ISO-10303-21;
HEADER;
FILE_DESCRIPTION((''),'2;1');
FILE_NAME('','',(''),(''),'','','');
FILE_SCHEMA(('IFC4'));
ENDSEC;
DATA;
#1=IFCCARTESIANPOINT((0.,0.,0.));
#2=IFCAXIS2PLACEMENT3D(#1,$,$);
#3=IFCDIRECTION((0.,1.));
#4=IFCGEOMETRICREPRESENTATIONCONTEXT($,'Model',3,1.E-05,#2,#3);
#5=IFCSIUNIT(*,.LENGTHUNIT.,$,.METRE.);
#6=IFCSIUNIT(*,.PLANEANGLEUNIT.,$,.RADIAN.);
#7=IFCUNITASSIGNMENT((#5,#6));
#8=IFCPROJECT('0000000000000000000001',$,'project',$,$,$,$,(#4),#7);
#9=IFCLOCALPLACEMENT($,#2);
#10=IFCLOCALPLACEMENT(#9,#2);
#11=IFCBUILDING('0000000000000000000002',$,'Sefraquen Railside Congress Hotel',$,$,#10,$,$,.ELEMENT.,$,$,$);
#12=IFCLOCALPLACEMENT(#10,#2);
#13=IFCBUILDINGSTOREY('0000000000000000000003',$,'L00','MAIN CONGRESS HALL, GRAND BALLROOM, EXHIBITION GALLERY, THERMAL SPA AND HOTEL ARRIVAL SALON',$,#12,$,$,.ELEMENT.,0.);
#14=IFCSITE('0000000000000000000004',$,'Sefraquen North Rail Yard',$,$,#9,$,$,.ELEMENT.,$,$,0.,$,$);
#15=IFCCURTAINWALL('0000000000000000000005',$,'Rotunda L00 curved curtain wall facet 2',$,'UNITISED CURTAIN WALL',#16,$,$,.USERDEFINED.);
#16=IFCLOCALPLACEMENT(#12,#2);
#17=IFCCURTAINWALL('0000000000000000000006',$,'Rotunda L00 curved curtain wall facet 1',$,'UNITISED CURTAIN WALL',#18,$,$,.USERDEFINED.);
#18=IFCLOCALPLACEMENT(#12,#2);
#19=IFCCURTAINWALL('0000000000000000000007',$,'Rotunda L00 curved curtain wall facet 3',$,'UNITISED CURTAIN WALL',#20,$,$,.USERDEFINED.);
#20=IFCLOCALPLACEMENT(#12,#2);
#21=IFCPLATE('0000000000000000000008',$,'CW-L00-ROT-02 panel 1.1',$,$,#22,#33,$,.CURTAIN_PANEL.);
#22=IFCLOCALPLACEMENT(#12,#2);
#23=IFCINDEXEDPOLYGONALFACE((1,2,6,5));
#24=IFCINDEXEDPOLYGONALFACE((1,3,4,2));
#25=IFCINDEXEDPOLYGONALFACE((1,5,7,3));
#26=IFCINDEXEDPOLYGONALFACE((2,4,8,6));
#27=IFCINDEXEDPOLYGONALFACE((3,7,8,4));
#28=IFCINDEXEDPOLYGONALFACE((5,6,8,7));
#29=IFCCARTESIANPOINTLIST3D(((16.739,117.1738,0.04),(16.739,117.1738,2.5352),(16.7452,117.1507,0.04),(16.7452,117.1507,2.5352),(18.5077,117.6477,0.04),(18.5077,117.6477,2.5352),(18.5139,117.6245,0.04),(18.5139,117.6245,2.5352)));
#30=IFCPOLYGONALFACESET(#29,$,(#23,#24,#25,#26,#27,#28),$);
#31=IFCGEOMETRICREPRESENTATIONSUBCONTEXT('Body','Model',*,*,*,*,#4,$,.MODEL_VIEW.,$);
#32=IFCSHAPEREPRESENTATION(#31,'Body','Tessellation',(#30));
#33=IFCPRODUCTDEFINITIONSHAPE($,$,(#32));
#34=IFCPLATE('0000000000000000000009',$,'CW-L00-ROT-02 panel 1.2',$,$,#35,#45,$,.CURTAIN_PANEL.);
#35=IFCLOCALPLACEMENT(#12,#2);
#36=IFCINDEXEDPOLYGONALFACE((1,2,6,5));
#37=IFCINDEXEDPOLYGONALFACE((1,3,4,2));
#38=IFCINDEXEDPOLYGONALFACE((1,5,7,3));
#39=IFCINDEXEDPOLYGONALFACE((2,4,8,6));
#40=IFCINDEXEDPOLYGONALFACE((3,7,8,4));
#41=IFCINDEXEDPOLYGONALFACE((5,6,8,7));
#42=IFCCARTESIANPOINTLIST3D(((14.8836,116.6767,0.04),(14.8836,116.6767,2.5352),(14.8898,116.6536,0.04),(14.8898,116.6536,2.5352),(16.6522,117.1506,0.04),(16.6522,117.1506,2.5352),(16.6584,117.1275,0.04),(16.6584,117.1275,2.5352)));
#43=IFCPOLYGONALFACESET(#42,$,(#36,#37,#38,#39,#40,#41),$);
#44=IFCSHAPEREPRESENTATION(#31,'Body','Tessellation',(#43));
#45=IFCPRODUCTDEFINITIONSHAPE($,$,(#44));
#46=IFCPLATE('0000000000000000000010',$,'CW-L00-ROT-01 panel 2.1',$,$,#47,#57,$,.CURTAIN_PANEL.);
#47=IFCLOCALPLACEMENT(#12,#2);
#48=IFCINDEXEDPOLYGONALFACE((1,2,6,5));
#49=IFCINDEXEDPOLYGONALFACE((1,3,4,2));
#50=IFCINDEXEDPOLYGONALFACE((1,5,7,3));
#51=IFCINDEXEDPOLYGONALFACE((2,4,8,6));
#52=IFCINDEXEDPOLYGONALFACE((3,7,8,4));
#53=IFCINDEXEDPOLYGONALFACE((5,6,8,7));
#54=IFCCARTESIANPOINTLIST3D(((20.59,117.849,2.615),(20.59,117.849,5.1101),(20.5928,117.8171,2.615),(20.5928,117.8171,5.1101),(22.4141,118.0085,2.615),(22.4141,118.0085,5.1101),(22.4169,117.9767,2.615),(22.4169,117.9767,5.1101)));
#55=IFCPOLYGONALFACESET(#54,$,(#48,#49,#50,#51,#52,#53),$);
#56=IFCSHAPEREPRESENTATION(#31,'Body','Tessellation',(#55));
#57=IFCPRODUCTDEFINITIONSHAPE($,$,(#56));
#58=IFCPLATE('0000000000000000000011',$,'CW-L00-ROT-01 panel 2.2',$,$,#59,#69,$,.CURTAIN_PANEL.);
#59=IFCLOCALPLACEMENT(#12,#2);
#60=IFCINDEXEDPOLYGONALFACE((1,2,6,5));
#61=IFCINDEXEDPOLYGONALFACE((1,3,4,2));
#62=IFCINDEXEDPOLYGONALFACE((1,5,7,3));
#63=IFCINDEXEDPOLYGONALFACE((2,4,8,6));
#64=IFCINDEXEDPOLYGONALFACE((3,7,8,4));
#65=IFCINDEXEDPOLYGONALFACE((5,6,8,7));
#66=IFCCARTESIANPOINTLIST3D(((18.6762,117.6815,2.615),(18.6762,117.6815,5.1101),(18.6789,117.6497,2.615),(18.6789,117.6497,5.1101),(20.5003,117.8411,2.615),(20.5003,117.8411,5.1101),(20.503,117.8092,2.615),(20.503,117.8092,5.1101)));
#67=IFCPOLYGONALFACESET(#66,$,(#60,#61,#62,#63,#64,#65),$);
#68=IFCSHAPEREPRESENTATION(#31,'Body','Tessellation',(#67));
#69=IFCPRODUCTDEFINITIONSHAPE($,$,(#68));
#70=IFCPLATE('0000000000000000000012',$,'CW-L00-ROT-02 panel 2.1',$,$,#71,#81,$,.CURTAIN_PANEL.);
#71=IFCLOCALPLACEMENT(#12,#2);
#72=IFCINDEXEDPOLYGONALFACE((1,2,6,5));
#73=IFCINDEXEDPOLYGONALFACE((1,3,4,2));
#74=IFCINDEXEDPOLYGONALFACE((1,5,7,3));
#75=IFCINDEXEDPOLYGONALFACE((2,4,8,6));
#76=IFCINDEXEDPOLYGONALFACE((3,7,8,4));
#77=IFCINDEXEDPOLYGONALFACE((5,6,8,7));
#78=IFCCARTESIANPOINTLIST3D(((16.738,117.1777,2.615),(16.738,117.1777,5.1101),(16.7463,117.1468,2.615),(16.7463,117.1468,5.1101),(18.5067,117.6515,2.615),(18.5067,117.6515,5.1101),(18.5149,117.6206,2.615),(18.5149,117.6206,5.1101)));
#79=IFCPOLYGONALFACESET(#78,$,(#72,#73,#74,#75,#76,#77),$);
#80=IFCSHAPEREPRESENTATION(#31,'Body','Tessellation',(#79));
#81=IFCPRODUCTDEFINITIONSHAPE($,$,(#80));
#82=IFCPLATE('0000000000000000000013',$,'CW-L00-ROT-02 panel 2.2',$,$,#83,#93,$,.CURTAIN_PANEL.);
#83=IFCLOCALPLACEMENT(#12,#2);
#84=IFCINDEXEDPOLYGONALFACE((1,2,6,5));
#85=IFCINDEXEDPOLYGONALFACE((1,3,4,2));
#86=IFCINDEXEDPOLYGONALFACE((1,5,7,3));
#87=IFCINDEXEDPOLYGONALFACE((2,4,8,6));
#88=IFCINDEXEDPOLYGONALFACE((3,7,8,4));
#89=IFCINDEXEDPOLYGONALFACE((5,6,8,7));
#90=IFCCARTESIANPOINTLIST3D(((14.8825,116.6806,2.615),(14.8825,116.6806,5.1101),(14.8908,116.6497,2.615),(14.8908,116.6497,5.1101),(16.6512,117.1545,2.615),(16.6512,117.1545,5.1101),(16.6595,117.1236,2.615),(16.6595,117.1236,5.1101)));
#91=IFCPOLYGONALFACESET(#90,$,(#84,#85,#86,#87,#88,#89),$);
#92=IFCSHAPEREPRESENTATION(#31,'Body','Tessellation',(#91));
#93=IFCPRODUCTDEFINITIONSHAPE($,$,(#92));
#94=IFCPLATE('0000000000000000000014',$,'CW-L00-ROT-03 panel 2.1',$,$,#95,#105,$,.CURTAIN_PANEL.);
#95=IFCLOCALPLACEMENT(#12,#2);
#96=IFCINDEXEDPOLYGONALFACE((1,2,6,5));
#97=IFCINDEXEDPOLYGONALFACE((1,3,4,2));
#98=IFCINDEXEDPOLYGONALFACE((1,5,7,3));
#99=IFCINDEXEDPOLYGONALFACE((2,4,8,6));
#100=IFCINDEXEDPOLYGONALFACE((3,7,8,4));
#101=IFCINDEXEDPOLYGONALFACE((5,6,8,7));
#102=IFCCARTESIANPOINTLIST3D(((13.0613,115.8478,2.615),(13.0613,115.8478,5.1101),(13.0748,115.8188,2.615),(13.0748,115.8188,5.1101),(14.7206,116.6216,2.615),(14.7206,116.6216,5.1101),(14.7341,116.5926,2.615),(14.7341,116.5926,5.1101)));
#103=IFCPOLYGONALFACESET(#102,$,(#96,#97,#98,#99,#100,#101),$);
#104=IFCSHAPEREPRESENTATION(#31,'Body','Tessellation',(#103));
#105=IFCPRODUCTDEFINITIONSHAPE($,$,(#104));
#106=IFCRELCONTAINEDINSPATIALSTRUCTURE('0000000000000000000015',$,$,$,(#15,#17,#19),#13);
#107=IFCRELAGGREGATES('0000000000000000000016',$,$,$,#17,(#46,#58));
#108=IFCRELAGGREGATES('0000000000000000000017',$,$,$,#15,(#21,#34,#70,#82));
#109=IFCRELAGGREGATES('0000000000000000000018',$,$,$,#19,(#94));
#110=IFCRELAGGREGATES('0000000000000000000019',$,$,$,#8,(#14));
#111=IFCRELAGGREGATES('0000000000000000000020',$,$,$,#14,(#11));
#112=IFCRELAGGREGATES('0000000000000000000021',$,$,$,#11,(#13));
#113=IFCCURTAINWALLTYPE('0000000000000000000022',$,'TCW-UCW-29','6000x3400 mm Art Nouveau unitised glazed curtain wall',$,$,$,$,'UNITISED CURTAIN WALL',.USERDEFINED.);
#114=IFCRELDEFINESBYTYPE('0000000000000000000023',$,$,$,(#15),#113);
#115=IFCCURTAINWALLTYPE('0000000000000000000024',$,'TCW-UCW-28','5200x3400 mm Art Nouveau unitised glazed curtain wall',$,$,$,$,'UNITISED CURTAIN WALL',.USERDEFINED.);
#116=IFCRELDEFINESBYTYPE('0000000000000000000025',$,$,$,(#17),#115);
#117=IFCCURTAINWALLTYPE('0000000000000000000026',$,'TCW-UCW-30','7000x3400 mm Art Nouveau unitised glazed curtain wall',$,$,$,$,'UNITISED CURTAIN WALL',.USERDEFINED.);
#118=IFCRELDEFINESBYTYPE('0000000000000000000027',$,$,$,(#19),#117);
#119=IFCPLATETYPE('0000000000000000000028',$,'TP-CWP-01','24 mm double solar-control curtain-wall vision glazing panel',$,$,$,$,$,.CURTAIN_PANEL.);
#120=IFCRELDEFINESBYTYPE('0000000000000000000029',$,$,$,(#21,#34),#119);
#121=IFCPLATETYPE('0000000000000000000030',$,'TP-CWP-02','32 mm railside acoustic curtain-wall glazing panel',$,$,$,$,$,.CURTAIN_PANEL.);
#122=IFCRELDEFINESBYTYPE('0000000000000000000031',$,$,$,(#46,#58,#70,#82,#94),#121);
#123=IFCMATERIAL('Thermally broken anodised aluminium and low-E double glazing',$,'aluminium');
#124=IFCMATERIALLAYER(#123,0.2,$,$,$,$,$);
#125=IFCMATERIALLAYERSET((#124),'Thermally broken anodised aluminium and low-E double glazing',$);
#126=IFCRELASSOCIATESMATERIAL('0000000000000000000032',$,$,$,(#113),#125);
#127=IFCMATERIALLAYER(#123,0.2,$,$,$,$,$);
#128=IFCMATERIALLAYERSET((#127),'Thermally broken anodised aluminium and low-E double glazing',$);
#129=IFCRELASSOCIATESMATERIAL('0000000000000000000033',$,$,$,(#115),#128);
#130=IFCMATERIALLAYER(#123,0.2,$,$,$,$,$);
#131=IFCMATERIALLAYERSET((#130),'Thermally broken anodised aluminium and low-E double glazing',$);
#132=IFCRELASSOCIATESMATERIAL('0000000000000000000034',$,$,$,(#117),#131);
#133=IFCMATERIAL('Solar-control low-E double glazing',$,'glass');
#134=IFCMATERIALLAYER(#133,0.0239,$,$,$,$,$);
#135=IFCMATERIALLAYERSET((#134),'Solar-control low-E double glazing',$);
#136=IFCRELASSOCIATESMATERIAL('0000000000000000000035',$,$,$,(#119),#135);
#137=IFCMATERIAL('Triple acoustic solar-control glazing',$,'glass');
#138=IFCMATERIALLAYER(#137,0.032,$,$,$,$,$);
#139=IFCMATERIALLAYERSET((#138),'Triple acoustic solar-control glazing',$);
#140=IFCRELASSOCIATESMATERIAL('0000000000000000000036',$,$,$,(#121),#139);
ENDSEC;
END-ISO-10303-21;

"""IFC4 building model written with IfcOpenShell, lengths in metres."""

from ifc_helpers import new_model, si_unit, direction, frame, origin, origin_2d, place, context, subcontext, project, spatial, rectangle, extrude, material, layer, layer_set, type_object, element, aggregate, save


model = new_model("IFC4")

# Units and contexts
model_context = context("Model", 3, precision=1e-05, world=origin(), true_north=direction((0.0, 1.0)))
body_context = subcontext(model_context, "Body", "Model", "MODEL_VIEW")
ifc_project = project(units=[si_unit("LENGTHUNIT", "METRE"), si_unit("PLANEANGLEUNIT", "RADIAN")], contexts=[model_context])

# Site, building, storey
site_placement = place(None, origin())
site = spatial("IfcSite", under=ifc_project, at=site_placement, Name="Sefraquen North Rail Yard", CompositionType="ELEMENT", RefElevation=0.0)
building_placement = place(site_placement, origin())
building = spatial("IfcBuilding", under=site, at=building_placement, Name="Sefraquen Railside Congress Hotel", CompositionType="ELEMENT")
storey_placement = place(building_placement, origin())
storey = spatial("IfcBuildingStorey", under=building, at=storey_placement, Name="L00", Description="MAIN CONGRESS HALL, GRAND BALLROOM, EXHIBITION GALLERY, THERMAL SPA AND HOTEL ARRIVAL SALON", CompositionType="ELEMENT", Elevation=0.0)

# Curtain wall
ifc_material_1 = material(Name="Thermally broken anodised aluminium and low-E double glazing", Category="aluminium")
ifc_layer_1 = layer(ifc_material_1, 0.2)
ifc_layer_set_1 = layer_set([ifc_layer_1], Name="Thermally broken anodised aluminium and low-E double glazing")
curtain_wall_type_1 = type_object("IfcCurtainWallType", Name="TCW-UCW-29", Description="6000x3400 mm Art Nouveau unitised glazed curtain wall", ElementType="UNITISED CURTAIN WALL", PredefinedType="USERDEFINED", material=ifc_layer_set_1)
curtain_wall_1_placement = place(storey_placement, origin())
curtain_wall_1 = element("IfcCurtainWall", 1, at=curtain_wall_1_placement, inside=storey, type_object=curtain_wall_type_1, Name="Rotunda L00 curved curtain wall facet 2", ObjectType="UNITISED CURTAIN WALL", PredefinedType="USERDEFINED")

# Curtain wall
ifc_layer_2 = layer(ifc_material_1, 0.2)
ifc_layer_set_2 = layer_set([ifc_layer_2], Name="Thermally broken anodised aluminium and low-E double glazing")
curtain_wall_type_2 = type_object("IfcCurtainWallType", Name="TCW-UCW-28", Description="5200x3400 mm Art Nouveau unitised glazed curtain wall", ElementType="UNITISED CURTAIN WALL", PredefinedType="USERDEFINED", material=ifc_layer_set_2)
curtain_wall_2_placement = place(storey_placement, origin())
curtain_wall_2 = element("IfcCurtainWall", 2, at=curtain_wall_2_placement, inside=storey, type_object=curtain_wall_type_2, Name="Rotunda L00 curved curtain wall facet 1", ObjectType="UNITISED CURTAIN WALL", PredefinedType="USERDEFINED")

# Curtain wall
ifc_layer_3 = layer(ifc_material_1, 0.2)
ifc_layer_set_3 = layer_set([ifc_layer_3], Name="Thermally broken anodised aluminium and low-E double glazing")
curtain_wall_type_3 = type_object("IfcCurtainWallType", Name="TCW-UCW-30", Description="7000x3400 mm Art Nouveau unitised glazed curtain wall", ElementType="UNITISED CURTAIN WALL", PredefinedType="USERDEFINED", material=ifc_layer_set_3)
curtain_wall_3_placement = place(storey_placement, origin())
curtain_wall_3 = element("IfcCurtainWall", 3, at=curtain_wall_3_placement, inside=storey, type_object=curtain_wall_type_3, Name="Rotunda L00 curved curtain wall facet 3", ObjectType="UNITISED CURTAIN WALL", PredefinedType="USERDEFINED")

# Plates
ifc_material_2 = material(Name="Solar-control low-E double glazing", Category="glass")
ifc_layer_4 = layer(ifc_material_2, 0.0239)
ifc_layer_set_4 = layer_set([ifc_layer_4], Name="Solar-control low-E double glazing")
plate_type_1 = type_object("IfcPlateType", Name="TP-CWP-01", Description="24 mm double solar-control curtain-wall vision glazing panel", PredefinedType="CURTAIN_PANEL", material=ifc_layer_set_4)
plate_1_placement = place(storey_placement, frame((17.6265, 117.3992, 0.04), z_axis=(0.0, 0.0, 1.0), x_axis=(-0.965935, -0.258785, 0.0)))
plate_1 = element("IfcPlate", 4, at=plate_1_placement, type_object=plate_type_1, Name="CW-L00-ROT-02 panel 1.1", PredefinedType="CURTAIN_PANEL", context=body_context, shape_type="SweptSolid", body=[
    extrude(rectangle(XDim=1.8311, YDim=0.0239, at=origin_2d()), origin(), (0.0, 0.0, 1.0), 2.4951),
])
plate_2_placement = place(storey_placement, frame((15.771, 116.9021, 0.04), z_axis=(0.0, 0.0, 1.0), x_axis=(-0.965935, -0.258785, 0.0)))
plate_2 = element("IfcPlate", 5, at=plate_2_placement, type_object=plate_type_1, Name="CW-L00-ROT-02 panel 1.2", PredefinedType="CURTAIN_PANEL", context=body_context, shape_type="SweptSolid", body=[
    extrude(rectangle(XDim=1.8311, YDim=0.0239, at=origin_2d()), origin(), (0.0, 0.0, 1.0), 2.4951),
])
ifc_material_3 = material(Name="Triple acoustic solar-control glazing", Category="glass")
ifc_layer_5 = layer(ifc_material_3, 0.032)
ifc_layer_set_5 = layer_set([ifc_layer_5], Name="Triple acoustic solar-control glazing")
plate_type_2 = type_object("IfcPlateType", Name="TP-CWP-02", Description="32 mm railside acoustic curtain-wall glazing panel", PredefinedType="CURTAIN_PANEL", material=ifc_layer_set_5)
plate_3_placement = place(storey_placement, frame((21.5034, 117.9128, 2.615), z_axis=(0.0, 0.0, 1.0), x_axis=(-0.996196, -0.087138, 0.0)))
plate_3 = element("IfcPlate", 6, at=plate_3_placement, type_object=plate_type_2, Name="CW-L00-ROT-01 panel 2.1", PredefinedType="CURTAIN_PANEL", context=body_context, shape_type="SweptSolid", body=[
    extrude(rectangle(XDim=1.8311, YDim=0.032, at=origin_2d()), origin(), (0.0, 0.0, 1.0), 2.4951),
])
plate_4_placement = place(storey_placement, frame((19.5896, 117.7454, 2.615), z_axis=(0.0, 0.0, 1.0), x_axis=(-0.996196, -0.087138, 0.0)))
plate_4 = element("IfcPlate", 7, at=plate_4_placement, type_object=plate_type_2, Name="CW-L00-ROT-01 panel 2.2", PredefinedType="CURTAIN_PANEL", context=body_context, shape_type="SweptSolid", body=[
    extrude(rectangle(XDim=1.8311, YDim=0.032, at=origin_2d()), origin(), (0.0, 0.0, 1.0), 2.4951),
])
aggregate(curtain_wall_2, [plate_3, plate_4])
plate_5_placement = place(storey_placement, frame((17.6265, 117.3992, 2.615), z_axis=(0.0, 0.0, 1.0), x_axis=(-0.965935, -0.258785, 0.0)))
plate_5 = element("IfcPlate", 8, at=plate_5_placement, type_object=plate_type_2, Name="CW-L00-ROT-02 panel 2.1", PredefinedType="CURTAIN_PANEL", context=body_context, shape_type="SweptSolid", body=[
    extrude(rectangle(XDim=1.8311, YDim=0.032, at=origin_2d()), origin(), (0.0, 0.0, 1.0), 2.4951),
])
plate_6_placement = place(storey_placement, frame((15.771, 116.9021, 2.615), z_axis=(0.0, 0.0, 1.0), x_axis=(-0.965935, -0.258785, 0.0)))
plate_6 = element("IfcPlate", 9, at=plate_6_placement, type_object=plate_type_2, Name="CW-L00-ROT-02 panel 2.2", PredefinedType="CURTAIN_PANEL", context=body_context, shape_type="SweptSolid", body=[
    extrude(rectangle(XDim=1.8311, YDim=0.032, at=origin_2d()), origin(), (0.0, 0.0, 1.0), 2.4951),
])
aggregate(curtain_wall_1, [plate_1, plate_2, plate_5, plate_6])
plate_7_placement = place(storey_placement, frame((13.8977, 116.2202, 2.615), z_axis=(0.0, 0.0, 1.0), x_axis=(-0.9063, -0.422634, 0.0)))
plate_7 = element("IfcPlate", 10, at=plate_7_placement, type_object=plate_type_2, Name="CW-L00-ROT-03 panel 2.1", PredefinedType="CURTAIN_PANEL", context=body_context, shape_type="SweptSolid", body=[
    extrude(rectangle(XDim=1.8308, YDim=0.032, at=origin_2d()), origin(), (0.0, 0.0, 1.0), 2.4951),
])
aggregate(curtain_wall_3, [plate_7])

save(model, "model.ifc")
